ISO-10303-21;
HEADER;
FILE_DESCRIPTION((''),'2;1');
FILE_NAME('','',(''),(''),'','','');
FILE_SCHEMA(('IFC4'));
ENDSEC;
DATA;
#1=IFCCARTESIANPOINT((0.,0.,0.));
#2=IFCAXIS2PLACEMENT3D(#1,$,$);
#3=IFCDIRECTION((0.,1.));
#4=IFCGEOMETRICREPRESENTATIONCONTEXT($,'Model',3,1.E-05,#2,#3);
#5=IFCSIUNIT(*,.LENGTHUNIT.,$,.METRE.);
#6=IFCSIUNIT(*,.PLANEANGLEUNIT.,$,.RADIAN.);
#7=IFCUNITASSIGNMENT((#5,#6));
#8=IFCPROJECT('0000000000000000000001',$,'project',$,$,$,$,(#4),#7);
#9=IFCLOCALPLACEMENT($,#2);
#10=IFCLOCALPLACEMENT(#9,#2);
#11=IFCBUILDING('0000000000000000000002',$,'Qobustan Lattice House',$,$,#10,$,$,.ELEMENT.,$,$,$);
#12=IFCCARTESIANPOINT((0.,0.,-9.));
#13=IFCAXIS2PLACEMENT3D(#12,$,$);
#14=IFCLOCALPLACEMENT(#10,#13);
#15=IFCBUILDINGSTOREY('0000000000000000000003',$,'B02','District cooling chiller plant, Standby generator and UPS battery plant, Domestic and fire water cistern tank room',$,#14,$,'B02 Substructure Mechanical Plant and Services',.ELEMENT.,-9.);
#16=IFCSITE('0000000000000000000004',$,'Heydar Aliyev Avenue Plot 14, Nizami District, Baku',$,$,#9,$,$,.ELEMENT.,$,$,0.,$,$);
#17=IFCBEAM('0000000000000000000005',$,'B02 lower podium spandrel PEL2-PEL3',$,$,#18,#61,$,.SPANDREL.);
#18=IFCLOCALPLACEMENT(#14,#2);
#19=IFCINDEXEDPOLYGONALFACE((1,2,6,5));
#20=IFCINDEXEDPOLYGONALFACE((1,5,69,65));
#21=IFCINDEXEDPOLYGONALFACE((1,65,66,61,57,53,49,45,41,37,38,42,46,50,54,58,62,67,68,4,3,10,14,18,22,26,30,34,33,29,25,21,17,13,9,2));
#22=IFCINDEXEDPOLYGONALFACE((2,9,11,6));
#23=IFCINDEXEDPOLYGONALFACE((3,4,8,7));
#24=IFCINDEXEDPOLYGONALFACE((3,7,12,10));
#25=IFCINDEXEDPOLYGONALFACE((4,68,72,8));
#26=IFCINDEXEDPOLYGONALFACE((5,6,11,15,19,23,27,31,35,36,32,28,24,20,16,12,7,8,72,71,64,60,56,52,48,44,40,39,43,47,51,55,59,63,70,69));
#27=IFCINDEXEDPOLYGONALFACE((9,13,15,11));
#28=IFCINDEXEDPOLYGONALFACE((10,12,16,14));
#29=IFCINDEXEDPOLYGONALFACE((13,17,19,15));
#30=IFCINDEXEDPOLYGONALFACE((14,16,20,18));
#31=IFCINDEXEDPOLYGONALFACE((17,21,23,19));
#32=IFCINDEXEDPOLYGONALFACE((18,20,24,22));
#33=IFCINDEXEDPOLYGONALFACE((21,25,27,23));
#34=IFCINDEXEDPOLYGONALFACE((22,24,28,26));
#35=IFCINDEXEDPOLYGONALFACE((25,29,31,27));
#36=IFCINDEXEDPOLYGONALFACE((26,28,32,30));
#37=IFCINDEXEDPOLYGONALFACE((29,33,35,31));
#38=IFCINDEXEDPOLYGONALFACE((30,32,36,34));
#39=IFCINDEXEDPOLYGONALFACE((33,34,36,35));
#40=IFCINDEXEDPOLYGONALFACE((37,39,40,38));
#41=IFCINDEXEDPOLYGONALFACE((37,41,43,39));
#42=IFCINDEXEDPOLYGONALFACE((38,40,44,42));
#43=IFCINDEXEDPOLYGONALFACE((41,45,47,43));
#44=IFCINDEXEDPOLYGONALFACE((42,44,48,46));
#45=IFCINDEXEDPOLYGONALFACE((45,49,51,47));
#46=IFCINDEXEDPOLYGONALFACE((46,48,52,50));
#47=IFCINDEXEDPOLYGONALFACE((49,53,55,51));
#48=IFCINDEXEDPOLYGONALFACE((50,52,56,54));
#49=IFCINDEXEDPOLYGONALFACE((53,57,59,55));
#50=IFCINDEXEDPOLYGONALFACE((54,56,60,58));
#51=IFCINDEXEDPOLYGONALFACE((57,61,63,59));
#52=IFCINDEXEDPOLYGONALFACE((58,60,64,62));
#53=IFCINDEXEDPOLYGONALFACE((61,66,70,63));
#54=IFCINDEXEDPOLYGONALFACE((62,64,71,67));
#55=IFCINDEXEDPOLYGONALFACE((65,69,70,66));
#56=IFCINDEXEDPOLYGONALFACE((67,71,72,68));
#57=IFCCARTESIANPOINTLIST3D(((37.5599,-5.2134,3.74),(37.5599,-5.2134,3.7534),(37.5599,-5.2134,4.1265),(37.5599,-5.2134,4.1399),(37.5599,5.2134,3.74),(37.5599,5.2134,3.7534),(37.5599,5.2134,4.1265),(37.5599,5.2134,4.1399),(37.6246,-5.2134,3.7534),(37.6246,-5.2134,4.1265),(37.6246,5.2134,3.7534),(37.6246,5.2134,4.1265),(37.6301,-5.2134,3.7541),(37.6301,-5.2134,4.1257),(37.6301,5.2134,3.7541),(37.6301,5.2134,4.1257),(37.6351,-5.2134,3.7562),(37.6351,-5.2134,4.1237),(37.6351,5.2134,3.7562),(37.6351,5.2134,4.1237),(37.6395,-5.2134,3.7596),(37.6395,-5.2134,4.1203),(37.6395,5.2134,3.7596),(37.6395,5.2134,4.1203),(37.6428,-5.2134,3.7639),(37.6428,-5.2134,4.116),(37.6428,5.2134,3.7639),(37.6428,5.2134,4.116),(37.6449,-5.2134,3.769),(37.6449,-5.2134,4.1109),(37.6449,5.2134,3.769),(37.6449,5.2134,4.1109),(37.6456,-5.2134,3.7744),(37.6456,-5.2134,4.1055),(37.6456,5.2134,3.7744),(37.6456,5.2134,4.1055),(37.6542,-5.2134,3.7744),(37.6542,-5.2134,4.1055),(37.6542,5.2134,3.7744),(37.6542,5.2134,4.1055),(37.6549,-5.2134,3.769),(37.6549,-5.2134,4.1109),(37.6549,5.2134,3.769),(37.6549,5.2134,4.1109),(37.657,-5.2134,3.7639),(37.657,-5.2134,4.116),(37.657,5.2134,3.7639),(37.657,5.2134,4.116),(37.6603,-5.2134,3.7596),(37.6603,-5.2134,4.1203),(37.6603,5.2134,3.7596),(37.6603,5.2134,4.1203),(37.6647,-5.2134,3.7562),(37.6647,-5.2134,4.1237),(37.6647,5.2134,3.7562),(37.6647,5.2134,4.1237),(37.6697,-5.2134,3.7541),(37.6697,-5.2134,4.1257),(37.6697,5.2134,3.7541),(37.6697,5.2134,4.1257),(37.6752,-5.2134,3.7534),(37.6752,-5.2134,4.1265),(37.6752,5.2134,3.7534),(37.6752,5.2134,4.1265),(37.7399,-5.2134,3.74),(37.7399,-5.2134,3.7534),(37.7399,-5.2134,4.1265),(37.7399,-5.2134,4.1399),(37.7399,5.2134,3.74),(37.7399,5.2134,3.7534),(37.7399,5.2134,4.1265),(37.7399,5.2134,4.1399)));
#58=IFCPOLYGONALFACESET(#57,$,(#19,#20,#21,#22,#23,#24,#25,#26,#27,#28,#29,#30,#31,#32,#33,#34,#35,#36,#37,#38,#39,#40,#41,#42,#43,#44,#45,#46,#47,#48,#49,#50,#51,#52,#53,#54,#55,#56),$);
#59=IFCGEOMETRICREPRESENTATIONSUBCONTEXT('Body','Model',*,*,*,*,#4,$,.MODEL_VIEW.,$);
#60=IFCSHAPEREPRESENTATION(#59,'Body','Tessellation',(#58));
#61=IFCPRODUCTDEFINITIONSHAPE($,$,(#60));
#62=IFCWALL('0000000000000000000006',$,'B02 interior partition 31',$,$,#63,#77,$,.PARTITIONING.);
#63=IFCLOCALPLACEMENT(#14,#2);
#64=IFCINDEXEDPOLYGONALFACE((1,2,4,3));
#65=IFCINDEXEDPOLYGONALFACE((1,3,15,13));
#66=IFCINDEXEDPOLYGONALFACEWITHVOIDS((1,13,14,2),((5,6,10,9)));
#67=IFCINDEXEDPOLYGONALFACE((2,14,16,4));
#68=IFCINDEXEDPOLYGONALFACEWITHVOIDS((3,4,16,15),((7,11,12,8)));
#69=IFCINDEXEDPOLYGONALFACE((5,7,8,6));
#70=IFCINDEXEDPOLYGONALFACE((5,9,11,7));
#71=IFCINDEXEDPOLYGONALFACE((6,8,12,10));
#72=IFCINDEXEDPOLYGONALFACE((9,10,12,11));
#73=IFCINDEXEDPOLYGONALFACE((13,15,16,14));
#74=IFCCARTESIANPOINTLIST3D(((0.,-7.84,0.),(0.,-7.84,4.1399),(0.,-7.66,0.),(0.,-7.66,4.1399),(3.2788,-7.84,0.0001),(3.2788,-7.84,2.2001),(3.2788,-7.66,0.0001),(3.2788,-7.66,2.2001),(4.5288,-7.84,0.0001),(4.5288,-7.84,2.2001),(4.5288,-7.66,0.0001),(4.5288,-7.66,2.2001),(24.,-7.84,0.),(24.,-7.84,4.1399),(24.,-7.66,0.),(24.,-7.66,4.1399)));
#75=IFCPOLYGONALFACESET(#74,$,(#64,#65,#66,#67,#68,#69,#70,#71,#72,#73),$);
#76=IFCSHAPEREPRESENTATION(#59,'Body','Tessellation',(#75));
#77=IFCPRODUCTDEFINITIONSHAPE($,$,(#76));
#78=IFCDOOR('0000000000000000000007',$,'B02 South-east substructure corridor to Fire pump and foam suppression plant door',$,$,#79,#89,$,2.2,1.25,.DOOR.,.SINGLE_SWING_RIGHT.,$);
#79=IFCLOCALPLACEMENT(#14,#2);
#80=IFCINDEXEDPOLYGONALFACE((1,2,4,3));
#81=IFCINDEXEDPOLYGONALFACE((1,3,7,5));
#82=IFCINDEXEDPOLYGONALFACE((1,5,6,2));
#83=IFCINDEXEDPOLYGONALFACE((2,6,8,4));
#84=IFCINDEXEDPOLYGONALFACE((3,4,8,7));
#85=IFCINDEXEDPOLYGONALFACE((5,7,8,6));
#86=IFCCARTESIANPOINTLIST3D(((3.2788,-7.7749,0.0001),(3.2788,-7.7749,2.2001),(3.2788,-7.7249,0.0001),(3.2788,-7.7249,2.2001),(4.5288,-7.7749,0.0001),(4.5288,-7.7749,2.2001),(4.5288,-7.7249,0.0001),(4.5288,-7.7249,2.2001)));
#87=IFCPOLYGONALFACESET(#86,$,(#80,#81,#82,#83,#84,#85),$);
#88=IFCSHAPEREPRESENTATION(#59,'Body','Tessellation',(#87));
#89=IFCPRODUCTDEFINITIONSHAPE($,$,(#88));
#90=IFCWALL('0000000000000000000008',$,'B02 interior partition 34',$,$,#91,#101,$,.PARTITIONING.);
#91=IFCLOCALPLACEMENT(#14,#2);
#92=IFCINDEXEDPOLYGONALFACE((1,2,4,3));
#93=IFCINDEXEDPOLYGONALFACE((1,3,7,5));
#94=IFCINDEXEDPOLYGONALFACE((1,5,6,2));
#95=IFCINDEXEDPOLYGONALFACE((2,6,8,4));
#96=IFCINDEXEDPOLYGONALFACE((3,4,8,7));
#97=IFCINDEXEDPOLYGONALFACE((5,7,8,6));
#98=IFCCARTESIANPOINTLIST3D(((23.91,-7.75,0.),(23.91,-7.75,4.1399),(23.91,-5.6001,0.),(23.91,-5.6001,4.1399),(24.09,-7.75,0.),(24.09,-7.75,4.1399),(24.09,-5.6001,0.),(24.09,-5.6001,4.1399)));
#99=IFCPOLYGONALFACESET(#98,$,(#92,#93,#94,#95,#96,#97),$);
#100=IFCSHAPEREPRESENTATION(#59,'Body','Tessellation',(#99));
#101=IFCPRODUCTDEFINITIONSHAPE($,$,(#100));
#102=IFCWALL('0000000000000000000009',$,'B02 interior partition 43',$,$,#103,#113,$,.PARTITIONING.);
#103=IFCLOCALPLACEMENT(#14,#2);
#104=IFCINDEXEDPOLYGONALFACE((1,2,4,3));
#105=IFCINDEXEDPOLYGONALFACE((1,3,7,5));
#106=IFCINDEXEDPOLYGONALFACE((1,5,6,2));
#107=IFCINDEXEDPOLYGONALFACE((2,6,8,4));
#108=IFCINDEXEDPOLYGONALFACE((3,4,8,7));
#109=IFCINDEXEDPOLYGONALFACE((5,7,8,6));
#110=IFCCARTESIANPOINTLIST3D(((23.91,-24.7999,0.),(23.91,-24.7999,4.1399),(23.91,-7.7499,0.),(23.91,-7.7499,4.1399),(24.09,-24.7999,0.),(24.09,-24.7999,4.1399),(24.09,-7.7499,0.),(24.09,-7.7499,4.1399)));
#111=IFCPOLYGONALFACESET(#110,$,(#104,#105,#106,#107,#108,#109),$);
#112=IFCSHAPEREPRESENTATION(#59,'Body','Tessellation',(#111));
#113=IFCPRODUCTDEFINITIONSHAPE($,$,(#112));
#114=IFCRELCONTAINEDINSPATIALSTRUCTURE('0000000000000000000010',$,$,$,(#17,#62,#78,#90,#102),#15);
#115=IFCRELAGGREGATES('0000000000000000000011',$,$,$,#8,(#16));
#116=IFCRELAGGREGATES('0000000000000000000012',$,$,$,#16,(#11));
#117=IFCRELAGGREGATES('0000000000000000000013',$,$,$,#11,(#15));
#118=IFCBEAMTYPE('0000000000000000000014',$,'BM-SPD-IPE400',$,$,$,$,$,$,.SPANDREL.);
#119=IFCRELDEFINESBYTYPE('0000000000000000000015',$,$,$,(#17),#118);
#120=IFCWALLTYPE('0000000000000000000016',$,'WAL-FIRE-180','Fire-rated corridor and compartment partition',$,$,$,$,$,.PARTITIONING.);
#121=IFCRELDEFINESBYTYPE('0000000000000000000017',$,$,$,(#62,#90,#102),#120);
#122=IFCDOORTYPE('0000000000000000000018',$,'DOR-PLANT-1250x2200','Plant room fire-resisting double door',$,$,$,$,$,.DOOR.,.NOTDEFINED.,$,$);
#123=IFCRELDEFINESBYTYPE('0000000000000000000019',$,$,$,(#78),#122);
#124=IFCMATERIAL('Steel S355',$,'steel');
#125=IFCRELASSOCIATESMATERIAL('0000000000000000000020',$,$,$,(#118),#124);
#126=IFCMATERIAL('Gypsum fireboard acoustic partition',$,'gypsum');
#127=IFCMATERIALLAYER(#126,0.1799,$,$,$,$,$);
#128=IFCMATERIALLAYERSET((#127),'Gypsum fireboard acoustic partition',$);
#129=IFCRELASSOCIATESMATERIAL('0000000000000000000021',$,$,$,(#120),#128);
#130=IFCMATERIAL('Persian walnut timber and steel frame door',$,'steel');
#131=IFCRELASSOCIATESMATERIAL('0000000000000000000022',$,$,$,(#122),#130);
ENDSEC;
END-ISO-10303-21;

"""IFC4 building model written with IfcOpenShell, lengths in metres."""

from ifc_helpers import new_model, si_unit, direction, frame, frame_2d, origin, origin_2d, place, context, subcontext, project, spatial, rectangle, i_section, extrude, material, layer, layer_set, material_profile, profile_set, type_object, element, fill, save


model = new_model("IFC4")

# Units and contexts
model_context = context("Model", 3, precision=1e-05, world=origin(), true_north=direction((0.0, 1.0)))
body_context = subcontext(model_context, "Body", "Model", "MODEL_VIEW")
ifc_project = project(units=[si_unit("LENGTHUNIT", "METRE"), si_unit("PLANEANGLEUNIT", "RADIAN")], contexts=[model_context])

# Site, building, storey
site_placement = place(None, origin())
site = spatial("IfcSite", under=ifc_project, at=site_placement, Name="Heydar Aliyev Avenue Plot 14, Nizami District, Baku", CompositionType="ELEMENT", RefElevation=0.0)
building_placement = place(site_placement, origin())
building = spatial("IfcBuilding", under=site, at=building_placement, Name="Qobustan Lattice House", CompositionType="ELEMENT")
storey_placement = place(building_placement, frame((0.0, 0.0, -9.0)))
storey = spatial("IfcBuildingStorey", under=building, at=storey_placement, Name="B02", Description="District cooling chiller plant, Standby generator and UPS battery plant, Domestic and fire water cistern tank room", LongName="B02 Substructure Mechanical Plant and Services", CompositionType="ELEMENT", Elevation=-9.0)

# Beam
ifc_material_1 = material(Name="Steel S355", Category="steel")
ifc_material_profile_1 = material_profile(ifc_material_1, i_section(OverallWidth=0.1799, OverallDepth=0.3999, WebThickness=0.0085, FlangeThickness=0.0134, FilletRadius=0.021, at=origin_2d()), Name="IPE400")
ifc_profile_set_1 = profile_set([ifc_material_profile_1], Name="Steel S355")
beam_type_1 = type_object("IfcBeamType", Name="BM-SPD-IPE400", PredefinedType="SPANDREL", material=ifc_profile_set_1)
beam_1_placement = place(storey_placement, frame((37.6499, -5.2134, 3.9399), z_axis=(0.0, 1.0, 0.0), x_axis=(-1.0, 0.0, 0.0)))
element("IfcBeam", 1, at=beam_1_placement, inside=storey, type_object=beam_type_1, Name="B02 lower podium spandrel PEL2-PEL3", PredefinedType="SPANDREL", context=body_context, shape_type="SweptSolid", body=[
    extrude(i_section(OverallWidth=0.1799, OverallDepth=0.3999, WebThickness=0.0085, FlangeThickness=0.0134, FilletRadius=0.021, at=origin_2d()), origin(), (0.0, 0.0, 1.0), 10.4268),
])

# Wall, opening, door
ifc_material_2 = material(Name="Gypsum fireboard acoustic partition", Category="gypsum")
ifc_layer = layer(ifc_material_2, 0.1799)
ifc_layer_set = layer_set([ifc_layer], Name="Gypsum fireboard acoustic partition")
wall_type = type_object("IfcWallType", Name="WAL-FIRE-180", Description="Fire-rated corridor and compartment partition", PredefinedType="PARTITIONING", material=ifc_layer_set)
wall_1_placement = place(storey_placement, frame((24.0, -7.75, 0.0), z_axis=(0.0, 0.0, 1.0), x_axis=(-1.0, 0.0, 0.0)))
wall_1 = element("IfcWall", 2, at=wall_1_placement, inside=storey, type_object=wall_type, Name="B02 interior partition 31", PredefinedType="PARTITIONING", context=body_context, shape_type="SweptSolid", body=[
    extrude(rectangle(XDim=24.0, YDim=0.1799, at=frame_2d((12.0, 0.0))), origin(), (0.0, 0.0, 1.0), 4.1399),
])
opening_placement = place(wall_1_placement, frame((19.4712, 0.0, 0.0)))
opening = element("IfcOpeningElement", 3, at=opening_placement, cuts=wall_1, PredefinedType="OPENING", context=body_context, shape_type="SweptSolid", body=[
    extrude(rectangle(XDim=1.25, YDim=2.2, at=frame_2d((0.625, 1.1001))), frame((0.0, 0.0999, 0.0), z_axis=(0.0, -1.0, 0.0), x_axis=(1.0, 0.0, 0.0)), (0.0, 0.0, 1.0), 0.2),
])
ifc_material_3 = material(Name="Persian walnut timber and steel frame door", Category="steel")
door_type = type_object("IfcDoorType", Name="DOR-PLANT-1250x2200", Description="Plant room fire-resisting double door", OperationType="NOTDEFINED", PredefinedType="DOOR", material=ifc_material_3)
door_placement = place(opening_placement, origin())
door = element("IfcDoor", 4, at=door_placement, inside=storey, type_object=door_type, Name="B02 South-east substructure corridor to Fire pump and foam suppression plant door", OperationType="SINGLE_SWING_RIGHT", OverallHeight=2.2, OverallWidth=1.25, PredefinedType="DOOR", context=body_context, shape_type="SweptSolid", body=[
    extrude(rectangle(XDim=1.25, YDim=2.2, at=frame_2d((0.625, 1.1001))), frame((0.0, 0.0249, 0.0), z_axis=(0.0, -1.0, 0.0), x_axis=(1.0, 0.0, 0.0)), (0.0, 0.0, 1.0), 0.05),
])
fill(opening, door)

# Walls
wall_2_placement = place(storey_placement, frame((24.0, -5.6001, 0.0), z_axis=(0.0, 0.0, 1.0), x_axis=(0.0, -1.0, 0.0)))
element("IfcWall", 5, at=wall_2_placement, inside=storey, type_object=wall_type, Name="B02 interior partition 34", PredefinedType="PARTITIONING", context=body_context, shape_type="SweptSolid", body=[
    extrude(rectangle(XDim=2.1499, YDim=0.1799, at=frame_2d((1.075, 0.0))), origin(), (0.0, 0.0, 1.0), 4.1399),
])
wall_3_placement = place(storey_placement, frame((24.0, -7.75, 0.0), z_axis=(0.0, 0.0, 1.0), x_axis=(0.0, -1.0, 0.0)))
element("IfcWall", 6, at=wall_3_placement, inside=storey, type_object=wall_type, Name="B02 interior partition 43", PredefinedType="PARTITIONING", context=body_context, shape_type="SweptSolid", body=[
    extrude(rectangle(XDim=17.05, YDim=0.1799, at=frame_2d((8.5249, 0.0))), origin(), (0.0, 0.0, 1.0), 4.1399),
])

save(model, "model.ifc")
